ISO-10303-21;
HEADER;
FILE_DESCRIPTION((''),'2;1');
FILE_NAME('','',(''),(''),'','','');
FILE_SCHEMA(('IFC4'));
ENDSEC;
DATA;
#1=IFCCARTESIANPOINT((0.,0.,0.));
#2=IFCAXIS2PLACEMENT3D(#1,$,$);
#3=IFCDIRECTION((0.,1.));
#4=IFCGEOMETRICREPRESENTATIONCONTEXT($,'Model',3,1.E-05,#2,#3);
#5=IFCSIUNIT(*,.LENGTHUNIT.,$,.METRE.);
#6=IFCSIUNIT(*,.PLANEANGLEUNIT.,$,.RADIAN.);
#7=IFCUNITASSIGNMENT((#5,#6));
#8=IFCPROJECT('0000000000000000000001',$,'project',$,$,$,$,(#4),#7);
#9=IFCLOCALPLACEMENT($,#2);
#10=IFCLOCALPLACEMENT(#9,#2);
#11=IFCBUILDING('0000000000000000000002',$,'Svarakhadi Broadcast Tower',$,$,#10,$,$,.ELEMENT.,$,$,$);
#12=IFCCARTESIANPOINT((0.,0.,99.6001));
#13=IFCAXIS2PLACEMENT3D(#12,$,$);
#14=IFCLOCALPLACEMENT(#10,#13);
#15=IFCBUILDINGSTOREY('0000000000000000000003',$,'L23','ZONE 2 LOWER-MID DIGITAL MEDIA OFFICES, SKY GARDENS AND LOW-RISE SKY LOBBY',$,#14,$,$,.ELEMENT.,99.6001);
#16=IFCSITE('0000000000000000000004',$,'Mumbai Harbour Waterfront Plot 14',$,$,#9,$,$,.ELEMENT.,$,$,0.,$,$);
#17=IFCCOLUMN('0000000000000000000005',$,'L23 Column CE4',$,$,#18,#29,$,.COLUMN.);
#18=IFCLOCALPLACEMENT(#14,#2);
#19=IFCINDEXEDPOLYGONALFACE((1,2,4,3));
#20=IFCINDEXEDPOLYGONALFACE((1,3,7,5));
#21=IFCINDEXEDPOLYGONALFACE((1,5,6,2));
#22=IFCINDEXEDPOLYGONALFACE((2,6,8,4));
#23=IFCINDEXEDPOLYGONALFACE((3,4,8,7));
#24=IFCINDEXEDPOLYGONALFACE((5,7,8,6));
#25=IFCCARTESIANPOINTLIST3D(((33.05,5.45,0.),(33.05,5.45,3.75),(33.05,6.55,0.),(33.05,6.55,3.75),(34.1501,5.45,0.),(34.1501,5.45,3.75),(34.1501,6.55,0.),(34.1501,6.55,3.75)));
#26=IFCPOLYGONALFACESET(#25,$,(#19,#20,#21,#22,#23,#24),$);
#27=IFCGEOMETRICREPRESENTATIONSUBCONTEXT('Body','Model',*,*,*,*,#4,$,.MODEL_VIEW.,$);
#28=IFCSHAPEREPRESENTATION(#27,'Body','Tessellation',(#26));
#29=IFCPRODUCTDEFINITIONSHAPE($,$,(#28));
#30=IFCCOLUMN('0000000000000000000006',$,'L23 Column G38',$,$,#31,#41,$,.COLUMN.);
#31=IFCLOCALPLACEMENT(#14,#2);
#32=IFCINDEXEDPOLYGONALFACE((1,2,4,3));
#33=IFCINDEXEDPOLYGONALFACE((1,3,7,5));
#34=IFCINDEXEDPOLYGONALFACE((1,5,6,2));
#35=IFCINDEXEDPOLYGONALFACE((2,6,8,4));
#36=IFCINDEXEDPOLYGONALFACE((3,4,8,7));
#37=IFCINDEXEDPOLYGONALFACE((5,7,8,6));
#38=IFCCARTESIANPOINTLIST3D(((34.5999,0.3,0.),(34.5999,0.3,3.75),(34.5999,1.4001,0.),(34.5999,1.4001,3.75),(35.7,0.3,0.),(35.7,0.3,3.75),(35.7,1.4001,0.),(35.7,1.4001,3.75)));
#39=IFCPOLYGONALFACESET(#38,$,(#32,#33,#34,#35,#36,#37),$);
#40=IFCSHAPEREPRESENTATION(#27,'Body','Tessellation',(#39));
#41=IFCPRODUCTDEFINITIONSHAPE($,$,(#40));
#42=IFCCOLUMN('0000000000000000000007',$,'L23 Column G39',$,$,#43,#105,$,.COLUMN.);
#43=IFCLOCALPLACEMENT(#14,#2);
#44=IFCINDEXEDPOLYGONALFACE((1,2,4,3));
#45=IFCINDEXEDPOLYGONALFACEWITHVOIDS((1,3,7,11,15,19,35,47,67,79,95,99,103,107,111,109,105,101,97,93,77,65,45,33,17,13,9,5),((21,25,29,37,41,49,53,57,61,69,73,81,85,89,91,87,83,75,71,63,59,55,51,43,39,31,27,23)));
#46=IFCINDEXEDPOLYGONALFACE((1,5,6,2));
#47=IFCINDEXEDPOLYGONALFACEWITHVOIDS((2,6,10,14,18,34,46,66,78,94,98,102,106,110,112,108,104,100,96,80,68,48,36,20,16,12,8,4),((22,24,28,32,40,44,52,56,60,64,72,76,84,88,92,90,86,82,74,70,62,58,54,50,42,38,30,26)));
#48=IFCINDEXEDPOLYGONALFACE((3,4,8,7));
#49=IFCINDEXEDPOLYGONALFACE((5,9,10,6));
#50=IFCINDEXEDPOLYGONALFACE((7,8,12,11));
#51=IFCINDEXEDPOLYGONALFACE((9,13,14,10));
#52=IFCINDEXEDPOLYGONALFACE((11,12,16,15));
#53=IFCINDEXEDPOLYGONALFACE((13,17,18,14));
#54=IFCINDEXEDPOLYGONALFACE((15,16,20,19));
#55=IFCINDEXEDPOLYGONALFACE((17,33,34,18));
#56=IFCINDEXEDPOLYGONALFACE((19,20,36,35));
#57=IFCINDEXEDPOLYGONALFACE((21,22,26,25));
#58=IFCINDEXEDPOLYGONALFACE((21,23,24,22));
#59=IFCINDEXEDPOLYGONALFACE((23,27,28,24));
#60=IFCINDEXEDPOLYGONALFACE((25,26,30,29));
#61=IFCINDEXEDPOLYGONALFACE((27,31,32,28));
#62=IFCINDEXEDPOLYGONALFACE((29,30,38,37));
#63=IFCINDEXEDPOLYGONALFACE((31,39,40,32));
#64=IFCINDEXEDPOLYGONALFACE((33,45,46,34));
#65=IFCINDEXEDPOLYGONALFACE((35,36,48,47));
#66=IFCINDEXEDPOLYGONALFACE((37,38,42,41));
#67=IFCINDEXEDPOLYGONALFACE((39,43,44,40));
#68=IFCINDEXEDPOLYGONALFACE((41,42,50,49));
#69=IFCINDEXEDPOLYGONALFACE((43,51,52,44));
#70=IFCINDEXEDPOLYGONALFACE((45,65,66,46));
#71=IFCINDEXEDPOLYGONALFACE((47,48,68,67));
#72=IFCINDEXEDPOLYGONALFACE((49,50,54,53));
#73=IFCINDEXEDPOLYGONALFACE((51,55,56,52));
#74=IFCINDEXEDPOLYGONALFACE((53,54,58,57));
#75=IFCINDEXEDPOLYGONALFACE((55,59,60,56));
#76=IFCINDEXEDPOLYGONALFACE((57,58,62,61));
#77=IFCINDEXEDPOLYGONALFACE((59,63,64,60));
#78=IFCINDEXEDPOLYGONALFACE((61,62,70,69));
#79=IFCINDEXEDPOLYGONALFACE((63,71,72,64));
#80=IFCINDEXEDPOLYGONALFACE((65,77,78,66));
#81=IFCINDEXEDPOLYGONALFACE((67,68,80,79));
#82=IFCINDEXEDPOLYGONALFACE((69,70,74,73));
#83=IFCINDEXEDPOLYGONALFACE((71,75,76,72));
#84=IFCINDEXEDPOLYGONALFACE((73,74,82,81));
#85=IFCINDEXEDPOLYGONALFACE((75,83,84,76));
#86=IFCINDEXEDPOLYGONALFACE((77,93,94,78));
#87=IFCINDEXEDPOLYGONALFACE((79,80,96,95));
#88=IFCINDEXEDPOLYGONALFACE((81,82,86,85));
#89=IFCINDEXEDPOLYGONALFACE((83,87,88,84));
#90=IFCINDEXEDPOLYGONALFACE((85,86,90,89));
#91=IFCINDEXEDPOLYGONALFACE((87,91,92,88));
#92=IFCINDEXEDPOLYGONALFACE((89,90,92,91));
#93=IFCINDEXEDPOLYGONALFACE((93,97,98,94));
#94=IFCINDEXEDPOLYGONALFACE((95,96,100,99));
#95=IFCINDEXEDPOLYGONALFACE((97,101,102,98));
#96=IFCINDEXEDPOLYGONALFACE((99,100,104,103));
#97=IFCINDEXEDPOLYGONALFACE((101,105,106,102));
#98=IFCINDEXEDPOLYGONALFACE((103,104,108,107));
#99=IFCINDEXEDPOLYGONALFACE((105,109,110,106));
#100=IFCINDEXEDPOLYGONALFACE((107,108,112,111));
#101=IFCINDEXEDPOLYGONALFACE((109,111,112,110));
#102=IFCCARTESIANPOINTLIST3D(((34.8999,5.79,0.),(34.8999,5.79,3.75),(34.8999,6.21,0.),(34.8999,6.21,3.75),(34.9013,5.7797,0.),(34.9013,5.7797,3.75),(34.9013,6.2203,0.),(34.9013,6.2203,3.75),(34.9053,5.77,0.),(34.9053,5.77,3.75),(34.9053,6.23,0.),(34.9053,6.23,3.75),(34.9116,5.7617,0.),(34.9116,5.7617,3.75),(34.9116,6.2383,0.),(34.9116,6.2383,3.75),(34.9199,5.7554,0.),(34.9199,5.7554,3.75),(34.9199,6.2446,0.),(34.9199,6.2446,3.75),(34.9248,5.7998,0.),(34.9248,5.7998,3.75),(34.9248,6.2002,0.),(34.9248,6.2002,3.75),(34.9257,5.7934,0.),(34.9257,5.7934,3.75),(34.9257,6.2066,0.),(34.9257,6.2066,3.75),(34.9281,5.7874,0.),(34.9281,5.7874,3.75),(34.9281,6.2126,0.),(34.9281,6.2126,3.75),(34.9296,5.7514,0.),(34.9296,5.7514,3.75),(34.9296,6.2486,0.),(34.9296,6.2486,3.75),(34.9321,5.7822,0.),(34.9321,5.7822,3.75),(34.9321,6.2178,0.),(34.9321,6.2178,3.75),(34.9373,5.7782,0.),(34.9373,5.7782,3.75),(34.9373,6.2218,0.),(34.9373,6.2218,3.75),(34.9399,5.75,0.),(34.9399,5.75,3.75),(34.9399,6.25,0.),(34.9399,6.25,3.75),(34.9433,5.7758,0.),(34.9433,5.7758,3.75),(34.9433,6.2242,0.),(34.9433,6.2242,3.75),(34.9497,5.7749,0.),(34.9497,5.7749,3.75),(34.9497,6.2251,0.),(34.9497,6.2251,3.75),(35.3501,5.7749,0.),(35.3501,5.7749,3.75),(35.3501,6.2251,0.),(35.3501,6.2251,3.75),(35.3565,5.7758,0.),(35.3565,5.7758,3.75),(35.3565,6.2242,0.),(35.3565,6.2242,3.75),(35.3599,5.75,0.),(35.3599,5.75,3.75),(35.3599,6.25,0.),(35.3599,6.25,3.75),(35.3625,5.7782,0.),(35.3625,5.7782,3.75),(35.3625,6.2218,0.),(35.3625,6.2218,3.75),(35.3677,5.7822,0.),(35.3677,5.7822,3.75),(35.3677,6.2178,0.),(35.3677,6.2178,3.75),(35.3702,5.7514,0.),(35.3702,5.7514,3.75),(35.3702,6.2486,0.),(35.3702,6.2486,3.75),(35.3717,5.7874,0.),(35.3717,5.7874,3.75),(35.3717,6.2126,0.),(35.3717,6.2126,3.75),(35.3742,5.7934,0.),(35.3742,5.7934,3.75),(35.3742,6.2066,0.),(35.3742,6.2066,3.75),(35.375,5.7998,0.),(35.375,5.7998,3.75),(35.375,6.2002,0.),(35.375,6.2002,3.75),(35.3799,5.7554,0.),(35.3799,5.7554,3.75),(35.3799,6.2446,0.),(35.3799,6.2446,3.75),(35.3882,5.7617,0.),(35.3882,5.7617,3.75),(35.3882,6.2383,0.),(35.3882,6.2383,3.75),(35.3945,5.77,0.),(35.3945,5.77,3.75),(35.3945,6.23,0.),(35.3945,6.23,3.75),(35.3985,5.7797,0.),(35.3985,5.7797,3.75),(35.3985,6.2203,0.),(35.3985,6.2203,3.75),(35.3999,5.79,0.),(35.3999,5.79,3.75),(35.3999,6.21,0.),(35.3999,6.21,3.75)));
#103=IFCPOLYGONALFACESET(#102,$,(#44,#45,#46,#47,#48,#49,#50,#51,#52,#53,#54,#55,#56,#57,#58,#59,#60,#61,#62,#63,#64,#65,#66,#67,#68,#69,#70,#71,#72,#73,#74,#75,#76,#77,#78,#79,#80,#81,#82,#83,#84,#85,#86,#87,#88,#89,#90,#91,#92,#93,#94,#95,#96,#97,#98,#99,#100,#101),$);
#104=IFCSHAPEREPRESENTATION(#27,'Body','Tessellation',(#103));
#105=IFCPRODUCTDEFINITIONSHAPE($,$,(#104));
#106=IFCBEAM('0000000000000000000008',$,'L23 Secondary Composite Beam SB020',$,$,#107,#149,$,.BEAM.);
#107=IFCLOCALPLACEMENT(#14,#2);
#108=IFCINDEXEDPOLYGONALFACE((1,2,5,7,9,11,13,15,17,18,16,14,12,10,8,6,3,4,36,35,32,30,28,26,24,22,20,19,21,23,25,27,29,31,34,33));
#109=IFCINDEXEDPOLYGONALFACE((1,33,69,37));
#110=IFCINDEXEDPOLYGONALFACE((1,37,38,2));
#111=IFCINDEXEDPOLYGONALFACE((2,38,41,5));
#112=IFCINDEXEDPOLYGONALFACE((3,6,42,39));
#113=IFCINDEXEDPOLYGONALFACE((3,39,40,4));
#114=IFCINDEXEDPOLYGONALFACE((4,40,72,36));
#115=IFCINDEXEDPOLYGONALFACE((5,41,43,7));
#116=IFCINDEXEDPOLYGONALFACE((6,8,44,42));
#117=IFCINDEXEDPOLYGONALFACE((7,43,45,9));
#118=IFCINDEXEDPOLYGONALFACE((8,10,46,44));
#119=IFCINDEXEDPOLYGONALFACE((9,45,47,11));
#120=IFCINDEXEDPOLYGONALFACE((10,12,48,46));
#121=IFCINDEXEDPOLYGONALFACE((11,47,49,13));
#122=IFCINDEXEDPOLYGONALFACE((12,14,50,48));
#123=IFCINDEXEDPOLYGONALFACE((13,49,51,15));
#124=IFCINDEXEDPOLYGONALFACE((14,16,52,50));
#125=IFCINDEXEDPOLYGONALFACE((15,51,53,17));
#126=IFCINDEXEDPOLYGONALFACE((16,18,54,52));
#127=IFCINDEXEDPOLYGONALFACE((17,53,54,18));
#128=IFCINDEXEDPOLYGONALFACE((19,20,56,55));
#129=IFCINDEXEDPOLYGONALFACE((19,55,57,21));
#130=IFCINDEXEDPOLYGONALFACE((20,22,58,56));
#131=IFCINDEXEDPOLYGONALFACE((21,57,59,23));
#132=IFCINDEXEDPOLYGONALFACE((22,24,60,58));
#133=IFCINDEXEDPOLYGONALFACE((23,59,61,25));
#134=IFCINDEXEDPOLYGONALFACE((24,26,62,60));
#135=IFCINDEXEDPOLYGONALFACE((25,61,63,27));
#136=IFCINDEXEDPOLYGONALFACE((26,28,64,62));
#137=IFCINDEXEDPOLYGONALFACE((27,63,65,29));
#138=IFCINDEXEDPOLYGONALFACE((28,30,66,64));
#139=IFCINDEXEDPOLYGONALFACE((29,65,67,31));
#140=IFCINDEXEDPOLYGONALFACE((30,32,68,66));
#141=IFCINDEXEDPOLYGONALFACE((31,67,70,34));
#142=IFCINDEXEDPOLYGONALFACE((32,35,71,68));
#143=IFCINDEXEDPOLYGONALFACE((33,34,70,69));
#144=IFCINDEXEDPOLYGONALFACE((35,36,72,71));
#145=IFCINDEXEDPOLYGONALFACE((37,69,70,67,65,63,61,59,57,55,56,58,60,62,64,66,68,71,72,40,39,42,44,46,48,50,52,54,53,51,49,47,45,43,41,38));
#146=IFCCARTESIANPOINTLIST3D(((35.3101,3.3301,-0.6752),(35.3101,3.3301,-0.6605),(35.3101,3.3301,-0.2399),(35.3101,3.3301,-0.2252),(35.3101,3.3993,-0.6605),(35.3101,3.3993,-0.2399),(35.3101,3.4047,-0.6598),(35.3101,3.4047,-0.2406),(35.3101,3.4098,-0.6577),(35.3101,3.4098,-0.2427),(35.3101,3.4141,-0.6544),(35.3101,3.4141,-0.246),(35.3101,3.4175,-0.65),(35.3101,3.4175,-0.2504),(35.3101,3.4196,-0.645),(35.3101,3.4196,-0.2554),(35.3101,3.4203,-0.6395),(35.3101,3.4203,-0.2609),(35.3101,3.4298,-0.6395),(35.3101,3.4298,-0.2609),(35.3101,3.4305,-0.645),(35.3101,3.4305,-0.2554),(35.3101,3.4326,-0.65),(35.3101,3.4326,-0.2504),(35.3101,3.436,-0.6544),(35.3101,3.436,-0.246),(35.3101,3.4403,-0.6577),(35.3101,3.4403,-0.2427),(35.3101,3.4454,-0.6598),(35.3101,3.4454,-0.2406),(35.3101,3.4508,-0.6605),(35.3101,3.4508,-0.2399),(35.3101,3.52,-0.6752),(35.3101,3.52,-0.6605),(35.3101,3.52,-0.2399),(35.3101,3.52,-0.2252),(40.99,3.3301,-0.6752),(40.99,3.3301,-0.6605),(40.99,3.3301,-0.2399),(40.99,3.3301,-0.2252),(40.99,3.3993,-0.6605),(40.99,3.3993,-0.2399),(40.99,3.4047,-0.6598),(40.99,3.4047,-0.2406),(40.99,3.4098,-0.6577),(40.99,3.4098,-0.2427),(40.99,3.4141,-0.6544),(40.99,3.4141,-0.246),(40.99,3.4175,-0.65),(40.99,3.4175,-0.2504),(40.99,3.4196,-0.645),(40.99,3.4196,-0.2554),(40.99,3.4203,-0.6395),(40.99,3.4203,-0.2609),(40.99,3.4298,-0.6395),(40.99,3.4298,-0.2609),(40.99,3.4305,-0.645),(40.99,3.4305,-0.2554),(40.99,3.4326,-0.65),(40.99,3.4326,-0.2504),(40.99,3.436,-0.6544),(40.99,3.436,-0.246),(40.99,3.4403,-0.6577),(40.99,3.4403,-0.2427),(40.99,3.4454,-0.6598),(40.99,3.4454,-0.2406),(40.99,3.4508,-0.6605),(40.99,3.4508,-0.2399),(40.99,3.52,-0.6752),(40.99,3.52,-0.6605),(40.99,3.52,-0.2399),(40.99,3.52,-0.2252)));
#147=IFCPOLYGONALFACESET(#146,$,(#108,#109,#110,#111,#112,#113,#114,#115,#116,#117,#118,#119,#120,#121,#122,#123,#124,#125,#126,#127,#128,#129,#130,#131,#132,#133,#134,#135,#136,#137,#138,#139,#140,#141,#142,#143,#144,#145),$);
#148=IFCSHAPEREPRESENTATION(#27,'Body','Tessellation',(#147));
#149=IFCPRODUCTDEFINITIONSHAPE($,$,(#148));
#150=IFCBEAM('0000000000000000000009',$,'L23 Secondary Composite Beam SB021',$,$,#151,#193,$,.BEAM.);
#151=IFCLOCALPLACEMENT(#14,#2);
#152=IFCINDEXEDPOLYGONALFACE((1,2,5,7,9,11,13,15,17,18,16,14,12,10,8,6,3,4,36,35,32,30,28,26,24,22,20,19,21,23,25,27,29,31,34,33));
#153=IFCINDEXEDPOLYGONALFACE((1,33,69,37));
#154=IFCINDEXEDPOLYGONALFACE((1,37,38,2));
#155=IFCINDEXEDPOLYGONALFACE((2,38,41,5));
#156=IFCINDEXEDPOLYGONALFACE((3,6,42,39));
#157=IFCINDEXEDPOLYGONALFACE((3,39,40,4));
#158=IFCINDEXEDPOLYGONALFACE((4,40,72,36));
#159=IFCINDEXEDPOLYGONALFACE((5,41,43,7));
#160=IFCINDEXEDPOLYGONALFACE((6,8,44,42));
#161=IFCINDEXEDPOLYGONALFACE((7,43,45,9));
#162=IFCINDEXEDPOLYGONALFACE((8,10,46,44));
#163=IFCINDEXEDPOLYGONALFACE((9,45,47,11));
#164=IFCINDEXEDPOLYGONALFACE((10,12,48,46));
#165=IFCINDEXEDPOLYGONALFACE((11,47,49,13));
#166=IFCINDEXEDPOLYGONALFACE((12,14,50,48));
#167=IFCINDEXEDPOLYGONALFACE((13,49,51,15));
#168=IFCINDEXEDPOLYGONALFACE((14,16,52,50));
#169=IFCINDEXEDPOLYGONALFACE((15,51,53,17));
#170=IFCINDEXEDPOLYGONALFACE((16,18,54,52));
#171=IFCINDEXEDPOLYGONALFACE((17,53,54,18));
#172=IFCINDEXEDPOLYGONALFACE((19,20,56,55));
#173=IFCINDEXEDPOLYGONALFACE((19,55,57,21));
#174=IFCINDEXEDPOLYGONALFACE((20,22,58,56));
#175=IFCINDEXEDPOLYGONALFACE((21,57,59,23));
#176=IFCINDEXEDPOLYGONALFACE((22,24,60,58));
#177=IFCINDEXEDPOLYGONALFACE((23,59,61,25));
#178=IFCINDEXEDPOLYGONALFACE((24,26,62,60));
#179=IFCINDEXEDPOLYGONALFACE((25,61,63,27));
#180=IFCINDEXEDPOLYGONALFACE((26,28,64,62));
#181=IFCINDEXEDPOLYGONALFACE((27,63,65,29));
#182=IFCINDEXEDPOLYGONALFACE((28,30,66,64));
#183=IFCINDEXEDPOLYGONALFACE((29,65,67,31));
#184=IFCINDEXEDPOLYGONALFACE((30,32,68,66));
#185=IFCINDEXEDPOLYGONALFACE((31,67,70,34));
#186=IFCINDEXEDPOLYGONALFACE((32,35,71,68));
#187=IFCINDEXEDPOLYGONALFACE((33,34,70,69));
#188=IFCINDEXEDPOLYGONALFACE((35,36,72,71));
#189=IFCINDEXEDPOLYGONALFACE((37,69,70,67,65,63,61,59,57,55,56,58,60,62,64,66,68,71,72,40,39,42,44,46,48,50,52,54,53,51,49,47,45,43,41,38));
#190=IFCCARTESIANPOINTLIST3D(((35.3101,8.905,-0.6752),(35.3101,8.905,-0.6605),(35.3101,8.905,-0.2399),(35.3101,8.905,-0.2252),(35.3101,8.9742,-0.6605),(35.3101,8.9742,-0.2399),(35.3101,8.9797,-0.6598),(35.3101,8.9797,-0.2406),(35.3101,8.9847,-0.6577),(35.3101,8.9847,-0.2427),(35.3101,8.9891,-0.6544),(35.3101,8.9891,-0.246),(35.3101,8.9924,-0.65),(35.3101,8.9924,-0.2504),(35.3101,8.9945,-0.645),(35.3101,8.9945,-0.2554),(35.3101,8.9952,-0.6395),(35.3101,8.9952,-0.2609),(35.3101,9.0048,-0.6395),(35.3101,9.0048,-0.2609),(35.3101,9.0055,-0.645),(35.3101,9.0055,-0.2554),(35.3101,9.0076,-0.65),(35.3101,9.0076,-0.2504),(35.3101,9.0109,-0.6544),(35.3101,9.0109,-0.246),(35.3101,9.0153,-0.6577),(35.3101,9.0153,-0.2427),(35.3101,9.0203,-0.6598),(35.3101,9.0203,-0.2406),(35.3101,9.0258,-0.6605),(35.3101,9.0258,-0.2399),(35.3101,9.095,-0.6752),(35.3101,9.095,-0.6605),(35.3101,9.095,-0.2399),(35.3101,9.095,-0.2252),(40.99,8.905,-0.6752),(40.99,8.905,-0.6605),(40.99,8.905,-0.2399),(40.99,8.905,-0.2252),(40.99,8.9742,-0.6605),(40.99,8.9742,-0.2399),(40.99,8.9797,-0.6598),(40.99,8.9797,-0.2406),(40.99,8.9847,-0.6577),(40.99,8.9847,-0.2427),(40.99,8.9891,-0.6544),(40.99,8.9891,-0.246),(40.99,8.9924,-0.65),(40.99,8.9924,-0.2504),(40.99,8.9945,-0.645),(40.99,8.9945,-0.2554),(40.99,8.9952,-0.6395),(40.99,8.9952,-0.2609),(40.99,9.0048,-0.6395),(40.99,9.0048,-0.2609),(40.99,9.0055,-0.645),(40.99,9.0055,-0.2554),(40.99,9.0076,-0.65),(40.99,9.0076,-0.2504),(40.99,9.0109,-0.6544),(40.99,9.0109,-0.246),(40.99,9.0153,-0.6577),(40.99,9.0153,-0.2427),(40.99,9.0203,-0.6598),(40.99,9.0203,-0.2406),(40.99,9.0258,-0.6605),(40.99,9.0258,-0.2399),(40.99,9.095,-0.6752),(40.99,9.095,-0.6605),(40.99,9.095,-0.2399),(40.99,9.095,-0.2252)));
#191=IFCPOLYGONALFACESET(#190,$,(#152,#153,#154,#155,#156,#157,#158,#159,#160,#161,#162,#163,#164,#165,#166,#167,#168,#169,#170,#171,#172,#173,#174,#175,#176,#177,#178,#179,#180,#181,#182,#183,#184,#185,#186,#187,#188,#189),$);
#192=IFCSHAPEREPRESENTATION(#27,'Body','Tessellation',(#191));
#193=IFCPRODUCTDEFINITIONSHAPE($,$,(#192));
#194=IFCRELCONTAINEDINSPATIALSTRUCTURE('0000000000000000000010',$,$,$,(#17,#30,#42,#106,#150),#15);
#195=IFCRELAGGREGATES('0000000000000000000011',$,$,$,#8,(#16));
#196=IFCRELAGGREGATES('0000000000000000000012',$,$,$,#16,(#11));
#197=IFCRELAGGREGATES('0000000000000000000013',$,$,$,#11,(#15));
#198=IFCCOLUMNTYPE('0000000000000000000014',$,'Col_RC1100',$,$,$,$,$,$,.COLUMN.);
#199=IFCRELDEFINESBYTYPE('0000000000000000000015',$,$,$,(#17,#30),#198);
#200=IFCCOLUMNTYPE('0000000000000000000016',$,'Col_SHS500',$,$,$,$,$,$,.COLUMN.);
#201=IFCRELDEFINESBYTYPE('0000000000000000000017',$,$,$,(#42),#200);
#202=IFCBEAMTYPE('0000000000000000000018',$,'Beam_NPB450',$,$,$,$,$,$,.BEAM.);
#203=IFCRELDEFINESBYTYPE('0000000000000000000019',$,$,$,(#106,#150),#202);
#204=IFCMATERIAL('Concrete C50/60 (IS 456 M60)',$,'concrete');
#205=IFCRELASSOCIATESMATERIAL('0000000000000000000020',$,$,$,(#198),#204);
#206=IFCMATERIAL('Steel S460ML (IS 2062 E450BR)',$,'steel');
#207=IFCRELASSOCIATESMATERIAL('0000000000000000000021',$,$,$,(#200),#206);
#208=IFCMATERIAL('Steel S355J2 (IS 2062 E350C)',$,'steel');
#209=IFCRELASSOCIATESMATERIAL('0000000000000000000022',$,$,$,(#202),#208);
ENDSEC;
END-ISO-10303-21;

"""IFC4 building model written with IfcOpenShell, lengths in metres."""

from ifc_helpers import new_model, si_unit, direction, frame, origin, origin_2d, place, context, subcontext, project, spatial, rectangle, hollow_rectangle, i_section, extrude, material, material_profile, profile_set, type_object, element, save


model = new_model("IFC4")

# Units and contexts
model_context = context("Model", 3, precision=1e-05, world=origin(), true_north=direction((0.0, 1.0)))
body_context = subcontext(model_context, "Body", "Model", "MODEL_VIEW")
ifc_project = project(units=[si_unit("LENGTHUNIT", "METRE"), si_unit("PLANEANGLEUNIT", "RADIAN")], contexts=[model_context])

# Site, building, storey
site_placement = place(None, origin())
site = spatial("IfcSite", under=ifc_project, at=site_placement, Name="Mumbai Harbour Waterfront Plot 14", CompositionType="ELEMENT", RefElevation=0.0)
building_placement = place(site_placement, origin())
building = spatial("IfcBuilding", under=site, at=building_placement, Name="Svarakhadi Broadcast Tower", CompositionType="ELEMENT")
storey_placement = place(building_placement, frame((0.0, 0.0, 99.6001)))
storey = spatial("IfcBuildingStorey", under=building, at=storey_placement, Name="L23", Description="ZONE 2 LOWER-MID DIGITAL MEDIA OFFICES, SKY GARDENS AND LOW-RISE SKY LOBBY", CompositionType="ELEMENT", Elevation=99.6001)

# Columns
ifc_material_1 = material(Name="Concrete C50/60 (IS 456 M60)", Category="concrete")
ifc_material_profile_1 = material_profile(ifc_material_1, rectangle(XDim=1.1001, YDim=1.1001, at=origin_2d()), Name="RC 1100x1100")
ifc_profile_set_1 = profile_set([ifc_material_profile_1], Name="Concrete C50/60 (IS 456 M60)")
column_type_1 = type_object("IfcColumnType", Name="Col_RC1100", PredefinedType="COLUMN", material=ifc_profile_set_1)
for number, where, z_axis, x_axis, name in (
    (1, (33.6001, 6.0, 0.0), (0.0, 0.0, 1.0), (1.0, 0.0, 0.0), "L23 Column CE4"),
    (2, (35.1499, 0.8501, 0.0), (0.0, 0.0, 1.0), (1.0, 0.0, 0.0), "L23 Column G38"),
):
    element("IfcColumn", number, at=place(storey_placement, frame(where, z_axis=z_axis, x_axis=x_axis)), inside=storey, type_object=column_type_1, Name=name, PredefinedType="COLUMN", context=body_context, shape_type="SweptSolid", body=[
        extrude(rectangle(XDim=1.1001, YDim=1.1001, at=origin_2d()), origin(), (0.0, 0.0, 1.0), 3.75),
    ])
ifc_material_2 = material(Name="Steel S460ML (IS 2062 E450BR)", Category="steel")
ifc_material_profile_2 = material_profile(ifc_material_2, hollow_rectangle(XDim=0.5, YDim=0.5, WallThickness=0.0249, InnerFilletRadius=0.0249, OuterFilletRadius=0.04, at=origin_2d()), Name="SHS 500x500x25")
ifc_profile_set_2 = profile_set([ifc_material_profile_2], Name="Steel S460ML (IS 2062 E450BR)")
column_type_2 = type_object("IfcColumnType", Name="Col_SHS500", PredefinedType="COLUMN", material=ifc_profile_set_2)
column_placement = place(storey_placement, frame((35.1499, 6.0, 0.0), z_axis=(0.0, 0.0, 1.0), x_axis=(1.0, 0.0, 0.0)))
element("IfcColumn", 3, at=column_placement, inside=storey, type_object=column_type_2, Name="L23 Column G39", PredefinedType="COLUMN", context=body_context, shape_type="SweptSolid", body=[
    extrude(hollow_rectangle(XDim=0.5, YDim=0.5, WallThickness=0.0249, InnerFilletRadius=0.0249, OuterFilletRadius=0.04, at=origin_2d()), origin(), (0.0, 0.0, 1.0), 3.75),
])

# Beams
ifc_material_3 = material(Name="Steel S355J2 (IS 2062 E350C)", Category="steel")
ifc_material_profile_3 = material_profile(ifc_material_3, i_section(OverallWidth=0.1899, OverallDepth=0.45, WebThickness=0.0095, FlangeThickness=0.0146, FilletRadius=0.021, at=origin_2d()), Name="NPB 450x190x78")
ifc_profile_set_3 = profile_set([ifc_material_profile_3], Name="Steel S355J2 (IS 2062 E350C)")
beam_type_1 = type_object("IfcBeamType", Name="Beam_NPB450", PredefinedType="BEAM", material=ifc_profile_set_3)
for number, where, z_axis, x_axis, name in (
    (4, (35.3101, 3.425, -0.4502), (1.0, 0.0, 0.0), (0.0, 1.0, 0.0), "L23 Secondary Composite Beam SB020"),
    (5, (35.3101, 9.0, -0.4502), (1.0, 0.0, 0.0), (0.0, 1.0, 0.0), "L23 Secondary Composite Beam SB021"),
):
    element("IfcBeam", number, at=place(storey_placement, frame(where, z_axis=z_axis, x_axis=x_axis)), inside=storey, type_object=beam_type_1, Name=name, PredefinedType="BEAM", context=body_context, shape_type="SweptSolid", body=[
        extrude(i_section(OverallWidth=0.1899, OverallDepth=0.45, WebThickness=0.0095, FlangeThickness=0.0146, FilletRadius=0.021, at=origin_2d()), origin(), (0.0, 0.0, 1.0), 5.6799),
    ])

save(model, "model.ifc")
